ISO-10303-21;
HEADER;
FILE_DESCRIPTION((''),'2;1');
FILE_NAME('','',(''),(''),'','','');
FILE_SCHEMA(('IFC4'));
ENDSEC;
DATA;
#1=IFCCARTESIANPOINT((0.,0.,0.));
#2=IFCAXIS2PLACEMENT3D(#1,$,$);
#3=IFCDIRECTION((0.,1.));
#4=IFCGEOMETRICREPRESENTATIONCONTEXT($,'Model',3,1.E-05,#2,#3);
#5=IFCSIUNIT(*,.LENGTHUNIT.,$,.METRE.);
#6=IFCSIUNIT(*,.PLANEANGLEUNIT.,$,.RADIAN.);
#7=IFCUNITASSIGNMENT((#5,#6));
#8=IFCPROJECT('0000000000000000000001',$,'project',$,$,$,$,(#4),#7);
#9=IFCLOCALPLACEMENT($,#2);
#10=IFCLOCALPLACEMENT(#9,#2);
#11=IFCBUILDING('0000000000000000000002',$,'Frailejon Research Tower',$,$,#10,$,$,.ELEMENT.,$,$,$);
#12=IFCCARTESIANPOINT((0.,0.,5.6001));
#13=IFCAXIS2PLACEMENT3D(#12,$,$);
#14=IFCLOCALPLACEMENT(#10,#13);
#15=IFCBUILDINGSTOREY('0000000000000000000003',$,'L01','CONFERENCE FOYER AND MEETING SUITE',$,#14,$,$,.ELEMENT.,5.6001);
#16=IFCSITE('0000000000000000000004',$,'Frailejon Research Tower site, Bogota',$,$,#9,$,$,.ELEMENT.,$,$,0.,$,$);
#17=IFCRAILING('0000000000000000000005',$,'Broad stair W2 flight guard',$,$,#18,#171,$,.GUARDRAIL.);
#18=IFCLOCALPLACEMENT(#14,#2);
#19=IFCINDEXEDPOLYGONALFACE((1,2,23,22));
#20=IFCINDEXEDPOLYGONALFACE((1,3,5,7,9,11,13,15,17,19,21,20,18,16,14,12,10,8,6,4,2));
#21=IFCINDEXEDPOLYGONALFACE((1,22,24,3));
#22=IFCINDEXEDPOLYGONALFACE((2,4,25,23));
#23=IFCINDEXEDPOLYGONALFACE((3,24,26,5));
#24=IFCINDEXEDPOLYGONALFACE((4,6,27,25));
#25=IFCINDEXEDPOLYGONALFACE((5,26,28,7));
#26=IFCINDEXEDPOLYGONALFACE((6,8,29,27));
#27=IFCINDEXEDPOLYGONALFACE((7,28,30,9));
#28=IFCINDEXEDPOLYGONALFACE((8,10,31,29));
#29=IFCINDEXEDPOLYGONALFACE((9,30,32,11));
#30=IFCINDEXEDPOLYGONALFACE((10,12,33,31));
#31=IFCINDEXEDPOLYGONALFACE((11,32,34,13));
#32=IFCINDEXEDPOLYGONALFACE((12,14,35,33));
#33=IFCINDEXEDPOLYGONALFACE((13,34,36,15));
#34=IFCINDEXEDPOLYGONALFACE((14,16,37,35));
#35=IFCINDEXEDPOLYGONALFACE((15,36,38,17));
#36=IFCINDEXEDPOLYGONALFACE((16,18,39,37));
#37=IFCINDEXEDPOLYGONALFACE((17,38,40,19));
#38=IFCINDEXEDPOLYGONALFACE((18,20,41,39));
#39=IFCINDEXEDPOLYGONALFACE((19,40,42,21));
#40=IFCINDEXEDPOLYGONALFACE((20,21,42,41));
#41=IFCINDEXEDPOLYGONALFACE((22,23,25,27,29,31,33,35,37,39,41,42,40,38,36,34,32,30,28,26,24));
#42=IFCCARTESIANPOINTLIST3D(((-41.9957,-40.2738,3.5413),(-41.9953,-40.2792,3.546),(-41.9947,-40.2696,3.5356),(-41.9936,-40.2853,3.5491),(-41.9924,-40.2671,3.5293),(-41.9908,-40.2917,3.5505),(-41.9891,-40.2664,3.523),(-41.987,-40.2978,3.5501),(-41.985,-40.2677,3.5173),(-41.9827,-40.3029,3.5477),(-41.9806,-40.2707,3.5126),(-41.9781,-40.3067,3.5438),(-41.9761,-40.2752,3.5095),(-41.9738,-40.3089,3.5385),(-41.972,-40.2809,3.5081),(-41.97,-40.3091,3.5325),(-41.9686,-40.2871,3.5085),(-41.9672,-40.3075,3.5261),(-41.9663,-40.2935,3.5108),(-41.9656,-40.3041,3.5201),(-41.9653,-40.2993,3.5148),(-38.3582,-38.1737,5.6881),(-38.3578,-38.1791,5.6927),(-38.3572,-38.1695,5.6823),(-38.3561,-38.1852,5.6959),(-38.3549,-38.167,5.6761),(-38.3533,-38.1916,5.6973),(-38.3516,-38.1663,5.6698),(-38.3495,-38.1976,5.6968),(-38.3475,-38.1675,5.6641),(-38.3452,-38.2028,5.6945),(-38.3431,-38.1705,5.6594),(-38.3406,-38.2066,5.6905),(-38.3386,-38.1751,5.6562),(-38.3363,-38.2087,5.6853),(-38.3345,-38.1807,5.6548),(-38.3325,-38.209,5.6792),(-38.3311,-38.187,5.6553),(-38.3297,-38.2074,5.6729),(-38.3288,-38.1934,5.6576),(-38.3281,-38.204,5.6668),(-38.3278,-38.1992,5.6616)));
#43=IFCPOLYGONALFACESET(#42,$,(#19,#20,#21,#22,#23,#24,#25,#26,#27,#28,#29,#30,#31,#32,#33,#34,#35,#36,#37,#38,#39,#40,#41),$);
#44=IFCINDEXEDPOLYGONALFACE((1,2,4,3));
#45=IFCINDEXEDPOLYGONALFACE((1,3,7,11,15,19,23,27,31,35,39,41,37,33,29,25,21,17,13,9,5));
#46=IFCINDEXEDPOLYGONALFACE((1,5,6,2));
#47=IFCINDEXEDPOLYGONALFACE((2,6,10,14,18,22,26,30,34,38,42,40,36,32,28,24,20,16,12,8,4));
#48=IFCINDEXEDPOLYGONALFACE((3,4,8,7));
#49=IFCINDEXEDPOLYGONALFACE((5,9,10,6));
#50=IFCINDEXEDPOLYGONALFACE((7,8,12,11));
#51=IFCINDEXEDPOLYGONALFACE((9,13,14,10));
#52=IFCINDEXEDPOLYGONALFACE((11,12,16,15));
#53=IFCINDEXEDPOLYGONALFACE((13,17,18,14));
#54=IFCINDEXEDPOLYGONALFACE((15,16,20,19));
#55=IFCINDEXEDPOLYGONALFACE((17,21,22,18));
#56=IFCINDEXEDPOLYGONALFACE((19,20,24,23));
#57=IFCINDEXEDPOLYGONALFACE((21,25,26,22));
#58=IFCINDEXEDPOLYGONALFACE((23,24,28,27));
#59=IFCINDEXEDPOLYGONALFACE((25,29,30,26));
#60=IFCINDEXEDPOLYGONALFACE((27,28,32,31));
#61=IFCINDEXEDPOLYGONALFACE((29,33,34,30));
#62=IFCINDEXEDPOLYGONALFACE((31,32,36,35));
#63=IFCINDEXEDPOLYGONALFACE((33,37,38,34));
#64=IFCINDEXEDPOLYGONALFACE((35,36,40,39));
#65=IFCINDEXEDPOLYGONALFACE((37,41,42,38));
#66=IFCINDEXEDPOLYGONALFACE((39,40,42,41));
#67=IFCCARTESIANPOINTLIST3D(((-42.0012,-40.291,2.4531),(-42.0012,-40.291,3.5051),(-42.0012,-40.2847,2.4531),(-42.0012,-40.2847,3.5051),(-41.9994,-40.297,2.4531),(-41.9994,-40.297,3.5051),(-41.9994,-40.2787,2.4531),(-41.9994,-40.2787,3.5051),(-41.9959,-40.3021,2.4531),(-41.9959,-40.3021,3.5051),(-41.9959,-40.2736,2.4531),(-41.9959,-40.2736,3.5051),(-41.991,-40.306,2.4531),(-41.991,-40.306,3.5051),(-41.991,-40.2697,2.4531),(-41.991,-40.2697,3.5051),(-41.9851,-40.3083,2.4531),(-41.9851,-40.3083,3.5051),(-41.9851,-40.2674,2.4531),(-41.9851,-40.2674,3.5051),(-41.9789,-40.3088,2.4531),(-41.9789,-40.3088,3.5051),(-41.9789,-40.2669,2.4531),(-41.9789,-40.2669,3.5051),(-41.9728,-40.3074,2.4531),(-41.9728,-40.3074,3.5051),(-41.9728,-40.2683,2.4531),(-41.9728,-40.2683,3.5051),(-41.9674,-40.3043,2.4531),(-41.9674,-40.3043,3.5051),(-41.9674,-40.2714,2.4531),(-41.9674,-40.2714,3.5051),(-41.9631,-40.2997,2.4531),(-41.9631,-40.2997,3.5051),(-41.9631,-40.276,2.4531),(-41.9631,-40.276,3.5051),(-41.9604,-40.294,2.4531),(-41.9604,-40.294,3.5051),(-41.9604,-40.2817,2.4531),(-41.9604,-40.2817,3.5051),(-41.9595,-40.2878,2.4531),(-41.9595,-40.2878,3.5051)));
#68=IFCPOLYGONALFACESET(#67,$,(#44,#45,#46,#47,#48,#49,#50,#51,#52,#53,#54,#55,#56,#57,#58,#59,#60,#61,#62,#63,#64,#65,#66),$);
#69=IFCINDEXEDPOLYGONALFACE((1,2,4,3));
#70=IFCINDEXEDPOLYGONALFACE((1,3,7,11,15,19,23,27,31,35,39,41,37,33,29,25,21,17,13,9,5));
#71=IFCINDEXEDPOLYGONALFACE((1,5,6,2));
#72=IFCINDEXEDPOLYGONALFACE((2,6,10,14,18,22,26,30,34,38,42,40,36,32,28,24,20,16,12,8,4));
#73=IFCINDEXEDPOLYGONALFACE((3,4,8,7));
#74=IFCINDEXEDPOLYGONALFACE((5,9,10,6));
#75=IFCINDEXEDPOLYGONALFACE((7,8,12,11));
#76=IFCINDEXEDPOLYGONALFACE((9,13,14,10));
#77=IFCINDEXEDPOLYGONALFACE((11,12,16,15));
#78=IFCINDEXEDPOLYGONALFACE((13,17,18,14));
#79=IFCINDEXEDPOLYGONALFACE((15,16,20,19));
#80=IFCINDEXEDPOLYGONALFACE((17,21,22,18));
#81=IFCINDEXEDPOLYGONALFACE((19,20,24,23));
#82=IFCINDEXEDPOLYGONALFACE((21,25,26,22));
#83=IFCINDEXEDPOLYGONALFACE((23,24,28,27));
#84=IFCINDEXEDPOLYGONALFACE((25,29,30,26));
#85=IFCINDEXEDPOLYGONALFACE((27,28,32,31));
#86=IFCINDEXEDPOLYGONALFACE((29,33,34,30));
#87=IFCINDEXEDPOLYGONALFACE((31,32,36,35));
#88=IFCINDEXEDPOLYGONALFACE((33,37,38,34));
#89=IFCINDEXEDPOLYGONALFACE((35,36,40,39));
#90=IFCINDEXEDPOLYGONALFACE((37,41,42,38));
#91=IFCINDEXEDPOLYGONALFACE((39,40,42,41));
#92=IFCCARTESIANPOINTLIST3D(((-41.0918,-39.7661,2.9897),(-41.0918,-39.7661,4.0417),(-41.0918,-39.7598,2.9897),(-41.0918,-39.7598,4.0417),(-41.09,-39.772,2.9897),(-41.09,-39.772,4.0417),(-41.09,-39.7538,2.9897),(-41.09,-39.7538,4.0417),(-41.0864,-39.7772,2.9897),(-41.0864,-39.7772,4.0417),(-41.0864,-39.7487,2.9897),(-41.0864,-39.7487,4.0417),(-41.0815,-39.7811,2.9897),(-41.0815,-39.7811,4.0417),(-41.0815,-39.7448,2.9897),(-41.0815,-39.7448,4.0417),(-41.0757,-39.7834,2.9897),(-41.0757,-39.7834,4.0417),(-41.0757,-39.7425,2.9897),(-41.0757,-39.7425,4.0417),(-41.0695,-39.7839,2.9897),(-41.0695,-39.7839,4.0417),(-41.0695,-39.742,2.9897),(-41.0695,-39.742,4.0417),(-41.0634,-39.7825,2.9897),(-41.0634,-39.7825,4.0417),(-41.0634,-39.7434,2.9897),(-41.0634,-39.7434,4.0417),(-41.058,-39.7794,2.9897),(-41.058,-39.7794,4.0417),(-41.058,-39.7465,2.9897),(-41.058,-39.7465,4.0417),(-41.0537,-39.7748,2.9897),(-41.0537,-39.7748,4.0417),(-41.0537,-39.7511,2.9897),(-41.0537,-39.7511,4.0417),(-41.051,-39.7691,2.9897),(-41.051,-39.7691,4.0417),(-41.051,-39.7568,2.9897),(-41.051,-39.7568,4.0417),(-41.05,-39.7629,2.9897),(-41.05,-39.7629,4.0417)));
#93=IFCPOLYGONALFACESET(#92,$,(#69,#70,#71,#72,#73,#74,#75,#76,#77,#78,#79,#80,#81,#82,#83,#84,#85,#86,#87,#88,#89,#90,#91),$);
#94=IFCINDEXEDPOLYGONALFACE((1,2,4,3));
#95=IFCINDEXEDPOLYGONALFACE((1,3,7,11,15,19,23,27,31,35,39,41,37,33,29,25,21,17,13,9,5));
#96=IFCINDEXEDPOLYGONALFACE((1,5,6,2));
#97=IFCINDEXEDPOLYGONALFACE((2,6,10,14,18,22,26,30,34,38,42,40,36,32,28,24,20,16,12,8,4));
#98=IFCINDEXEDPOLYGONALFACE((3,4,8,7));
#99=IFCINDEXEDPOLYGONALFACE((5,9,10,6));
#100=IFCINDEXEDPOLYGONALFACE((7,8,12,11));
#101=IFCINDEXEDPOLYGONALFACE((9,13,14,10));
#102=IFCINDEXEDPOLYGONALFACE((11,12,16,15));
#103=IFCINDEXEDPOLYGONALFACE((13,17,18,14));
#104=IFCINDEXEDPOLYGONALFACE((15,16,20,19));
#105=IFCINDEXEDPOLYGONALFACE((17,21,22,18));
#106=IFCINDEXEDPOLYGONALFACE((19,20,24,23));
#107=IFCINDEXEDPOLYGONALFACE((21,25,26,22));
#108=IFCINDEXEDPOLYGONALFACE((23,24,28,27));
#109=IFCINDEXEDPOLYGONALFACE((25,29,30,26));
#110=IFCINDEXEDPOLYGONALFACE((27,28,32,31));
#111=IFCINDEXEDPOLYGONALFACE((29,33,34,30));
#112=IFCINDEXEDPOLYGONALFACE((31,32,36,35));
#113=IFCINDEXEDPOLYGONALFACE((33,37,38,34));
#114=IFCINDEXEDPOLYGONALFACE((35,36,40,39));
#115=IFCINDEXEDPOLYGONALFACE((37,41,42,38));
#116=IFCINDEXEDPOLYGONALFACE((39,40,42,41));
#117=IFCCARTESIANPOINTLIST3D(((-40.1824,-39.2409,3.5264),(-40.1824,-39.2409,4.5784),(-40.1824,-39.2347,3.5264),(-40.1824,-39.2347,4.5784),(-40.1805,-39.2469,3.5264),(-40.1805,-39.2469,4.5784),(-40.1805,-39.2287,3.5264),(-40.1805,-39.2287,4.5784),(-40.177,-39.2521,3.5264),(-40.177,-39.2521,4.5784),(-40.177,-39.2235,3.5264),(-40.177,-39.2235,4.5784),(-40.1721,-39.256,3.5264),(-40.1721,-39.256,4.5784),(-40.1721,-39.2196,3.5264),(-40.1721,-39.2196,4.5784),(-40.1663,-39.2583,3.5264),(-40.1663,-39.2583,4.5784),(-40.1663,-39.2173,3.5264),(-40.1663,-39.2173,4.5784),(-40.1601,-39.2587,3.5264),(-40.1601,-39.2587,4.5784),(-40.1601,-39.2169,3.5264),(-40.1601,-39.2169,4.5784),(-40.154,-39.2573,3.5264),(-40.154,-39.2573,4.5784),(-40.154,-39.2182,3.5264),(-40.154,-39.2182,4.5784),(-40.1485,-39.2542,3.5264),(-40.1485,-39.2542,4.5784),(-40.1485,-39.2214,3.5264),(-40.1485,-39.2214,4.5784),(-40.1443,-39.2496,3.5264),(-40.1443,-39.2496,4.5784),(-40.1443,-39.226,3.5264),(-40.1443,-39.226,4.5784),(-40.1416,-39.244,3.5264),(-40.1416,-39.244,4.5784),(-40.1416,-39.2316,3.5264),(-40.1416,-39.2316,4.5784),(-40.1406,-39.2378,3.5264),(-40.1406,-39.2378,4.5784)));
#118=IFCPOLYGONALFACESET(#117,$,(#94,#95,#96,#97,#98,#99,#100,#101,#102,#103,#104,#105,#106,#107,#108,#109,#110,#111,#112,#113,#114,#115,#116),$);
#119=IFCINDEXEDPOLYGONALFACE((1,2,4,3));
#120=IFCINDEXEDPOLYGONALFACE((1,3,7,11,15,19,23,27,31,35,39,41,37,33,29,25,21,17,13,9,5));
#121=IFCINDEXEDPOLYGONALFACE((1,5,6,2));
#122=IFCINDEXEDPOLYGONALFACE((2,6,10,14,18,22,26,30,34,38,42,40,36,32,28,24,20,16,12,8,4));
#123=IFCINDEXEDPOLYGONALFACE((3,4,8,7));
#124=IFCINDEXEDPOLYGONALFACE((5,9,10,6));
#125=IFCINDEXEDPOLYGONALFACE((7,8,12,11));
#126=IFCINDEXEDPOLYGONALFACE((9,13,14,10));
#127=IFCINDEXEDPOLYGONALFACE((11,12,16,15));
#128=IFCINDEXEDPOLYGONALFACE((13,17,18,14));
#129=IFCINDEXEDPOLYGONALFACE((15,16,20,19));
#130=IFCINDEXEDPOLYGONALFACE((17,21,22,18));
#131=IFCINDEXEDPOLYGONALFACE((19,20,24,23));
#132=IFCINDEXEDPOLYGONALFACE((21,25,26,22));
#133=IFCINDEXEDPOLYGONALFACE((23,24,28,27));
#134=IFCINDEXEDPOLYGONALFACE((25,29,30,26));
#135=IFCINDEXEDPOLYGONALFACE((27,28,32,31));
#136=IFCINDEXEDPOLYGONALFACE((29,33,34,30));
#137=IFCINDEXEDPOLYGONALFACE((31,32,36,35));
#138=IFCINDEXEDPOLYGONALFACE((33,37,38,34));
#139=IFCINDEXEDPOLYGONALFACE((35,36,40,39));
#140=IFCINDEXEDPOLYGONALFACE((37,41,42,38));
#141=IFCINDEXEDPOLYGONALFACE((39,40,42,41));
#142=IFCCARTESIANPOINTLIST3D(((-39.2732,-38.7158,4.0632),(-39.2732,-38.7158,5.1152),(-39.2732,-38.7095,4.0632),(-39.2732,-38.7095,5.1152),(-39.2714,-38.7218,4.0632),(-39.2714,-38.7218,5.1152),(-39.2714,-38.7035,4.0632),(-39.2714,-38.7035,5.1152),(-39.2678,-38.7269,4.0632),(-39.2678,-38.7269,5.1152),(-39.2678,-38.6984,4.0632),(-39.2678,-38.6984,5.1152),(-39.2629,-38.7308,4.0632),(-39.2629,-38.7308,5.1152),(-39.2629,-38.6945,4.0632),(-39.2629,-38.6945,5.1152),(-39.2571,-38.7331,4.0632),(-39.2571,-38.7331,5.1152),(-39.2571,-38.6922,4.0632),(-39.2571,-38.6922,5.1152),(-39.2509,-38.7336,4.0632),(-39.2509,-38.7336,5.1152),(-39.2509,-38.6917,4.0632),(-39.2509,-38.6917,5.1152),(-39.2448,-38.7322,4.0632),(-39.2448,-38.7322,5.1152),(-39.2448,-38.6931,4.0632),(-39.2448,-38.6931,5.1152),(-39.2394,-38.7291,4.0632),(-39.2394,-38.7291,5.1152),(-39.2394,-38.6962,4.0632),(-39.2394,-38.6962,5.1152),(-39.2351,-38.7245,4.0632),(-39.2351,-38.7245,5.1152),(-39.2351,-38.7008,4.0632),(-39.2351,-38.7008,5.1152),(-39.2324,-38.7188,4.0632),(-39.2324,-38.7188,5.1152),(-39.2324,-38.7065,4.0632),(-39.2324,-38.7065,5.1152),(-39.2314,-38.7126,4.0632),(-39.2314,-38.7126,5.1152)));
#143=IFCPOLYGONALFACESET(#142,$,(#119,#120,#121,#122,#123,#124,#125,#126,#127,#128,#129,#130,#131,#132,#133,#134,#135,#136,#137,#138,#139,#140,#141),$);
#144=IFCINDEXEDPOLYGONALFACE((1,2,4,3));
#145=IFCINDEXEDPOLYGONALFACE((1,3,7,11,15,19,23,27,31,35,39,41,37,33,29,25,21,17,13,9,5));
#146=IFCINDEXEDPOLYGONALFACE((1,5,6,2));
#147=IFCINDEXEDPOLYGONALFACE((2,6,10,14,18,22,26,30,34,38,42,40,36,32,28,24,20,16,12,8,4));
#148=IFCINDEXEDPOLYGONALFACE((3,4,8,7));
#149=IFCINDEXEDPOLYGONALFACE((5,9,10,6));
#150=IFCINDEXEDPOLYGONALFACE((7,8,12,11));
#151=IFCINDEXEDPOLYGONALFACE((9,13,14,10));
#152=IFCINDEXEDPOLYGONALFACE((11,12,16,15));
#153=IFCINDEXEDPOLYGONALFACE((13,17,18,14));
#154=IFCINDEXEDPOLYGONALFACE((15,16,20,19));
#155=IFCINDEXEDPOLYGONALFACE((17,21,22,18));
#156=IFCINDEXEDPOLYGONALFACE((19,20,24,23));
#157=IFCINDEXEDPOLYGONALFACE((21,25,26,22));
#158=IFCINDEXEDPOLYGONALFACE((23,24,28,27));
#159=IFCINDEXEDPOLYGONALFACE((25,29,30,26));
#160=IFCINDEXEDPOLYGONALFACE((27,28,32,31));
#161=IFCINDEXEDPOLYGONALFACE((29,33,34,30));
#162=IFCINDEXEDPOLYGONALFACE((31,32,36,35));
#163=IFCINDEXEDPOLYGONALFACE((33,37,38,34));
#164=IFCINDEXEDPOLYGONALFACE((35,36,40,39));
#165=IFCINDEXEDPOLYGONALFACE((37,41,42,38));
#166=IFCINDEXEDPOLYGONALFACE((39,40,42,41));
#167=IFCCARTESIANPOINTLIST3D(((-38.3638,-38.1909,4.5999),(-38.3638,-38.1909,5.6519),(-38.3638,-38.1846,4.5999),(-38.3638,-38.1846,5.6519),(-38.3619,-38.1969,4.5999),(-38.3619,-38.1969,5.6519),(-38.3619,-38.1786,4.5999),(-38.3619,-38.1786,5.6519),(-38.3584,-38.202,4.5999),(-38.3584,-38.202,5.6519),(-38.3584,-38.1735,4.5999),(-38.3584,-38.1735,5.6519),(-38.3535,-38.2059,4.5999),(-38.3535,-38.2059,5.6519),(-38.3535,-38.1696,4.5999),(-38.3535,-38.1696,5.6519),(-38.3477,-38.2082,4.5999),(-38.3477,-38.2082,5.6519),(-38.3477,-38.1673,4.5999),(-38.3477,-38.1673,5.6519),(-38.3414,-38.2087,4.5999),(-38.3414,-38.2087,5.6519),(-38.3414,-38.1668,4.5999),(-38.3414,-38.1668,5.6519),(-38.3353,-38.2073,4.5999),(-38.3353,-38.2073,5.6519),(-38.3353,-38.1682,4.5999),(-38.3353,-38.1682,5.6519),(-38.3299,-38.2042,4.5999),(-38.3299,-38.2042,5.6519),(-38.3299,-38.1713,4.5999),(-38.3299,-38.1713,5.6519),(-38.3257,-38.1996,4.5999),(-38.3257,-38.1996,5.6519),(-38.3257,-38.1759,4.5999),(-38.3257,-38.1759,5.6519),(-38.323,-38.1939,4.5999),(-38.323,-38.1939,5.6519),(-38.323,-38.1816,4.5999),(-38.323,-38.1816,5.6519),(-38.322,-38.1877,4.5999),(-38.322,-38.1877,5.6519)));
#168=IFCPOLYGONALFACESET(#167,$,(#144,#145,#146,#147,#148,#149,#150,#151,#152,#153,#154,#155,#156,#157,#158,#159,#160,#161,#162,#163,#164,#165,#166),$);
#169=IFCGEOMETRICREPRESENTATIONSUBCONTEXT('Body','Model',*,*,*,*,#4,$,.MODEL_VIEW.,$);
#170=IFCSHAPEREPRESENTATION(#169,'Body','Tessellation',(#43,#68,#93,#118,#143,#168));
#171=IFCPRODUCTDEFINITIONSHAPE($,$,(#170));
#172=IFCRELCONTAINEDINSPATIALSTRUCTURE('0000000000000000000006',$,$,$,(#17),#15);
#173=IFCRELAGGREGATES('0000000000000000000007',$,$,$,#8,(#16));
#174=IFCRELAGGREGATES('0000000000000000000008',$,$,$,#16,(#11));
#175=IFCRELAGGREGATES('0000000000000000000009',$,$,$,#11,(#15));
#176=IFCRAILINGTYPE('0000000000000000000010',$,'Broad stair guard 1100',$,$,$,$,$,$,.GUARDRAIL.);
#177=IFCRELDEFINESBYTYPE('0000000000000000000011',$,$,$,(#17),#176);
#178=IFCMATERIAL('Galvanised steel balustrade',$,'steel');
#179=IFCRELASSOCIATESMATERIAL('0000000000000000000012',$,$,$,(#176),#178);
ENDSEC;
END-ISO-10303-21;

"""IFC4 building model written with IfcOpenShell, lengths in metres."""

from ifc_helpers import new_model, si_unit, direction, frame, origin, origin_2d, place, context, subcontext, project, spatial, circle, extrude, material, type_object, element, save


model = new_model("IFC4")

# Units and contexts
model_context = context("Model", 3, precision=1e-05, world=origin(), true_north=direction((0.0, 1.0)))
body_context = subcontext(model_context, "Body", "Model", "MODEL_VIEW")
ifc_project = project(units=[si_unit("LENGTHUNIT", "METRE"), si_unit("PLANEANGLEUNIT", "RADIAN")], contexts=[model_context])

# Site, building, storey
site_placement = place(None, origin())
site = spatial("IfcSite", under=ifc_project, at=site_placement, Name="Frailejon Research Tower site, Bogota", CompositionType="ELEMENT", RefElevation=0.0)
building_placement = place(site_placement, origin())
building = spatial("IfcBuilding", under=site, at=building_placement, Name="Frailejon Research Tower", CompositionType="ELEMENT")
storey_placement = place(building_placement, frame((0.0, 0.0, 5.6001)))
storey = spatial("IfcBuildingStorey", under=building, at=storey_placement, Name="L01", Description="CONFERENCE FOYER AND MEETING SUITE", CompositionType="ELEMENT", Elevation=5.6001)

# Railing
ifc_material_1 = material(Name="Galvanised steel balustrade", Category="steel")
railing_type_1 = type_object("IfcRailingType", Name="Broad stair guard 1100", PredefinedType="GUARDRAIL", material=ifc_material_1)
railing_1_placement = place(storey_placement, frame((-41.9805, -40.2878, 2.4531)))
element("IfcRailing", 1, at=railing_1_placement, inside=storey, type_object=railing_type_1, Name="Broad stair W2 flight guard", PredefinedType="GUARDRAIL", context=body_context, shape_type="SweptSolid", body=[
    extrude(circle(Radius=0.0239, at=origin_2d()), frame((0.0, 0.0, 1.0762), z_axis=(0.77114, 0.445221, 0.455107), x_axis=(-0.500003, 0.866024, 0.0)), (0.0, 0.0, 1.0), 4.717),
    extrude(circle(Radius=0.021, at=origin_2d()), origin(), (0.0, 0.0, 1.0), 1.052),
    extrude(circle(Radius=0.021, at=origin_2d()), frame((0.9094, 0.5249, 0.5366)), (0.0, 0.0, 1.0), 1.052),
    extrude(circle(Radius=0.021, at=origin_2d()), frame((1.8188, 1.05, 1.0732)), (0.0, 0.0, 1.0), 1.052),
    extrude(circle(Radius=0.021, at=origin_2d()), frame((2.728, 1.5752, 1.6101)), (0.0, 0.0, 1.0), 1.052),
    extrude(circle(Radius=0.021, at=origin_2d()), frame((3.6375, 2.1001, 2.1467)), (0.0, 0.0, 1.0), 1.052),
])

save(model, "model.ifc")
